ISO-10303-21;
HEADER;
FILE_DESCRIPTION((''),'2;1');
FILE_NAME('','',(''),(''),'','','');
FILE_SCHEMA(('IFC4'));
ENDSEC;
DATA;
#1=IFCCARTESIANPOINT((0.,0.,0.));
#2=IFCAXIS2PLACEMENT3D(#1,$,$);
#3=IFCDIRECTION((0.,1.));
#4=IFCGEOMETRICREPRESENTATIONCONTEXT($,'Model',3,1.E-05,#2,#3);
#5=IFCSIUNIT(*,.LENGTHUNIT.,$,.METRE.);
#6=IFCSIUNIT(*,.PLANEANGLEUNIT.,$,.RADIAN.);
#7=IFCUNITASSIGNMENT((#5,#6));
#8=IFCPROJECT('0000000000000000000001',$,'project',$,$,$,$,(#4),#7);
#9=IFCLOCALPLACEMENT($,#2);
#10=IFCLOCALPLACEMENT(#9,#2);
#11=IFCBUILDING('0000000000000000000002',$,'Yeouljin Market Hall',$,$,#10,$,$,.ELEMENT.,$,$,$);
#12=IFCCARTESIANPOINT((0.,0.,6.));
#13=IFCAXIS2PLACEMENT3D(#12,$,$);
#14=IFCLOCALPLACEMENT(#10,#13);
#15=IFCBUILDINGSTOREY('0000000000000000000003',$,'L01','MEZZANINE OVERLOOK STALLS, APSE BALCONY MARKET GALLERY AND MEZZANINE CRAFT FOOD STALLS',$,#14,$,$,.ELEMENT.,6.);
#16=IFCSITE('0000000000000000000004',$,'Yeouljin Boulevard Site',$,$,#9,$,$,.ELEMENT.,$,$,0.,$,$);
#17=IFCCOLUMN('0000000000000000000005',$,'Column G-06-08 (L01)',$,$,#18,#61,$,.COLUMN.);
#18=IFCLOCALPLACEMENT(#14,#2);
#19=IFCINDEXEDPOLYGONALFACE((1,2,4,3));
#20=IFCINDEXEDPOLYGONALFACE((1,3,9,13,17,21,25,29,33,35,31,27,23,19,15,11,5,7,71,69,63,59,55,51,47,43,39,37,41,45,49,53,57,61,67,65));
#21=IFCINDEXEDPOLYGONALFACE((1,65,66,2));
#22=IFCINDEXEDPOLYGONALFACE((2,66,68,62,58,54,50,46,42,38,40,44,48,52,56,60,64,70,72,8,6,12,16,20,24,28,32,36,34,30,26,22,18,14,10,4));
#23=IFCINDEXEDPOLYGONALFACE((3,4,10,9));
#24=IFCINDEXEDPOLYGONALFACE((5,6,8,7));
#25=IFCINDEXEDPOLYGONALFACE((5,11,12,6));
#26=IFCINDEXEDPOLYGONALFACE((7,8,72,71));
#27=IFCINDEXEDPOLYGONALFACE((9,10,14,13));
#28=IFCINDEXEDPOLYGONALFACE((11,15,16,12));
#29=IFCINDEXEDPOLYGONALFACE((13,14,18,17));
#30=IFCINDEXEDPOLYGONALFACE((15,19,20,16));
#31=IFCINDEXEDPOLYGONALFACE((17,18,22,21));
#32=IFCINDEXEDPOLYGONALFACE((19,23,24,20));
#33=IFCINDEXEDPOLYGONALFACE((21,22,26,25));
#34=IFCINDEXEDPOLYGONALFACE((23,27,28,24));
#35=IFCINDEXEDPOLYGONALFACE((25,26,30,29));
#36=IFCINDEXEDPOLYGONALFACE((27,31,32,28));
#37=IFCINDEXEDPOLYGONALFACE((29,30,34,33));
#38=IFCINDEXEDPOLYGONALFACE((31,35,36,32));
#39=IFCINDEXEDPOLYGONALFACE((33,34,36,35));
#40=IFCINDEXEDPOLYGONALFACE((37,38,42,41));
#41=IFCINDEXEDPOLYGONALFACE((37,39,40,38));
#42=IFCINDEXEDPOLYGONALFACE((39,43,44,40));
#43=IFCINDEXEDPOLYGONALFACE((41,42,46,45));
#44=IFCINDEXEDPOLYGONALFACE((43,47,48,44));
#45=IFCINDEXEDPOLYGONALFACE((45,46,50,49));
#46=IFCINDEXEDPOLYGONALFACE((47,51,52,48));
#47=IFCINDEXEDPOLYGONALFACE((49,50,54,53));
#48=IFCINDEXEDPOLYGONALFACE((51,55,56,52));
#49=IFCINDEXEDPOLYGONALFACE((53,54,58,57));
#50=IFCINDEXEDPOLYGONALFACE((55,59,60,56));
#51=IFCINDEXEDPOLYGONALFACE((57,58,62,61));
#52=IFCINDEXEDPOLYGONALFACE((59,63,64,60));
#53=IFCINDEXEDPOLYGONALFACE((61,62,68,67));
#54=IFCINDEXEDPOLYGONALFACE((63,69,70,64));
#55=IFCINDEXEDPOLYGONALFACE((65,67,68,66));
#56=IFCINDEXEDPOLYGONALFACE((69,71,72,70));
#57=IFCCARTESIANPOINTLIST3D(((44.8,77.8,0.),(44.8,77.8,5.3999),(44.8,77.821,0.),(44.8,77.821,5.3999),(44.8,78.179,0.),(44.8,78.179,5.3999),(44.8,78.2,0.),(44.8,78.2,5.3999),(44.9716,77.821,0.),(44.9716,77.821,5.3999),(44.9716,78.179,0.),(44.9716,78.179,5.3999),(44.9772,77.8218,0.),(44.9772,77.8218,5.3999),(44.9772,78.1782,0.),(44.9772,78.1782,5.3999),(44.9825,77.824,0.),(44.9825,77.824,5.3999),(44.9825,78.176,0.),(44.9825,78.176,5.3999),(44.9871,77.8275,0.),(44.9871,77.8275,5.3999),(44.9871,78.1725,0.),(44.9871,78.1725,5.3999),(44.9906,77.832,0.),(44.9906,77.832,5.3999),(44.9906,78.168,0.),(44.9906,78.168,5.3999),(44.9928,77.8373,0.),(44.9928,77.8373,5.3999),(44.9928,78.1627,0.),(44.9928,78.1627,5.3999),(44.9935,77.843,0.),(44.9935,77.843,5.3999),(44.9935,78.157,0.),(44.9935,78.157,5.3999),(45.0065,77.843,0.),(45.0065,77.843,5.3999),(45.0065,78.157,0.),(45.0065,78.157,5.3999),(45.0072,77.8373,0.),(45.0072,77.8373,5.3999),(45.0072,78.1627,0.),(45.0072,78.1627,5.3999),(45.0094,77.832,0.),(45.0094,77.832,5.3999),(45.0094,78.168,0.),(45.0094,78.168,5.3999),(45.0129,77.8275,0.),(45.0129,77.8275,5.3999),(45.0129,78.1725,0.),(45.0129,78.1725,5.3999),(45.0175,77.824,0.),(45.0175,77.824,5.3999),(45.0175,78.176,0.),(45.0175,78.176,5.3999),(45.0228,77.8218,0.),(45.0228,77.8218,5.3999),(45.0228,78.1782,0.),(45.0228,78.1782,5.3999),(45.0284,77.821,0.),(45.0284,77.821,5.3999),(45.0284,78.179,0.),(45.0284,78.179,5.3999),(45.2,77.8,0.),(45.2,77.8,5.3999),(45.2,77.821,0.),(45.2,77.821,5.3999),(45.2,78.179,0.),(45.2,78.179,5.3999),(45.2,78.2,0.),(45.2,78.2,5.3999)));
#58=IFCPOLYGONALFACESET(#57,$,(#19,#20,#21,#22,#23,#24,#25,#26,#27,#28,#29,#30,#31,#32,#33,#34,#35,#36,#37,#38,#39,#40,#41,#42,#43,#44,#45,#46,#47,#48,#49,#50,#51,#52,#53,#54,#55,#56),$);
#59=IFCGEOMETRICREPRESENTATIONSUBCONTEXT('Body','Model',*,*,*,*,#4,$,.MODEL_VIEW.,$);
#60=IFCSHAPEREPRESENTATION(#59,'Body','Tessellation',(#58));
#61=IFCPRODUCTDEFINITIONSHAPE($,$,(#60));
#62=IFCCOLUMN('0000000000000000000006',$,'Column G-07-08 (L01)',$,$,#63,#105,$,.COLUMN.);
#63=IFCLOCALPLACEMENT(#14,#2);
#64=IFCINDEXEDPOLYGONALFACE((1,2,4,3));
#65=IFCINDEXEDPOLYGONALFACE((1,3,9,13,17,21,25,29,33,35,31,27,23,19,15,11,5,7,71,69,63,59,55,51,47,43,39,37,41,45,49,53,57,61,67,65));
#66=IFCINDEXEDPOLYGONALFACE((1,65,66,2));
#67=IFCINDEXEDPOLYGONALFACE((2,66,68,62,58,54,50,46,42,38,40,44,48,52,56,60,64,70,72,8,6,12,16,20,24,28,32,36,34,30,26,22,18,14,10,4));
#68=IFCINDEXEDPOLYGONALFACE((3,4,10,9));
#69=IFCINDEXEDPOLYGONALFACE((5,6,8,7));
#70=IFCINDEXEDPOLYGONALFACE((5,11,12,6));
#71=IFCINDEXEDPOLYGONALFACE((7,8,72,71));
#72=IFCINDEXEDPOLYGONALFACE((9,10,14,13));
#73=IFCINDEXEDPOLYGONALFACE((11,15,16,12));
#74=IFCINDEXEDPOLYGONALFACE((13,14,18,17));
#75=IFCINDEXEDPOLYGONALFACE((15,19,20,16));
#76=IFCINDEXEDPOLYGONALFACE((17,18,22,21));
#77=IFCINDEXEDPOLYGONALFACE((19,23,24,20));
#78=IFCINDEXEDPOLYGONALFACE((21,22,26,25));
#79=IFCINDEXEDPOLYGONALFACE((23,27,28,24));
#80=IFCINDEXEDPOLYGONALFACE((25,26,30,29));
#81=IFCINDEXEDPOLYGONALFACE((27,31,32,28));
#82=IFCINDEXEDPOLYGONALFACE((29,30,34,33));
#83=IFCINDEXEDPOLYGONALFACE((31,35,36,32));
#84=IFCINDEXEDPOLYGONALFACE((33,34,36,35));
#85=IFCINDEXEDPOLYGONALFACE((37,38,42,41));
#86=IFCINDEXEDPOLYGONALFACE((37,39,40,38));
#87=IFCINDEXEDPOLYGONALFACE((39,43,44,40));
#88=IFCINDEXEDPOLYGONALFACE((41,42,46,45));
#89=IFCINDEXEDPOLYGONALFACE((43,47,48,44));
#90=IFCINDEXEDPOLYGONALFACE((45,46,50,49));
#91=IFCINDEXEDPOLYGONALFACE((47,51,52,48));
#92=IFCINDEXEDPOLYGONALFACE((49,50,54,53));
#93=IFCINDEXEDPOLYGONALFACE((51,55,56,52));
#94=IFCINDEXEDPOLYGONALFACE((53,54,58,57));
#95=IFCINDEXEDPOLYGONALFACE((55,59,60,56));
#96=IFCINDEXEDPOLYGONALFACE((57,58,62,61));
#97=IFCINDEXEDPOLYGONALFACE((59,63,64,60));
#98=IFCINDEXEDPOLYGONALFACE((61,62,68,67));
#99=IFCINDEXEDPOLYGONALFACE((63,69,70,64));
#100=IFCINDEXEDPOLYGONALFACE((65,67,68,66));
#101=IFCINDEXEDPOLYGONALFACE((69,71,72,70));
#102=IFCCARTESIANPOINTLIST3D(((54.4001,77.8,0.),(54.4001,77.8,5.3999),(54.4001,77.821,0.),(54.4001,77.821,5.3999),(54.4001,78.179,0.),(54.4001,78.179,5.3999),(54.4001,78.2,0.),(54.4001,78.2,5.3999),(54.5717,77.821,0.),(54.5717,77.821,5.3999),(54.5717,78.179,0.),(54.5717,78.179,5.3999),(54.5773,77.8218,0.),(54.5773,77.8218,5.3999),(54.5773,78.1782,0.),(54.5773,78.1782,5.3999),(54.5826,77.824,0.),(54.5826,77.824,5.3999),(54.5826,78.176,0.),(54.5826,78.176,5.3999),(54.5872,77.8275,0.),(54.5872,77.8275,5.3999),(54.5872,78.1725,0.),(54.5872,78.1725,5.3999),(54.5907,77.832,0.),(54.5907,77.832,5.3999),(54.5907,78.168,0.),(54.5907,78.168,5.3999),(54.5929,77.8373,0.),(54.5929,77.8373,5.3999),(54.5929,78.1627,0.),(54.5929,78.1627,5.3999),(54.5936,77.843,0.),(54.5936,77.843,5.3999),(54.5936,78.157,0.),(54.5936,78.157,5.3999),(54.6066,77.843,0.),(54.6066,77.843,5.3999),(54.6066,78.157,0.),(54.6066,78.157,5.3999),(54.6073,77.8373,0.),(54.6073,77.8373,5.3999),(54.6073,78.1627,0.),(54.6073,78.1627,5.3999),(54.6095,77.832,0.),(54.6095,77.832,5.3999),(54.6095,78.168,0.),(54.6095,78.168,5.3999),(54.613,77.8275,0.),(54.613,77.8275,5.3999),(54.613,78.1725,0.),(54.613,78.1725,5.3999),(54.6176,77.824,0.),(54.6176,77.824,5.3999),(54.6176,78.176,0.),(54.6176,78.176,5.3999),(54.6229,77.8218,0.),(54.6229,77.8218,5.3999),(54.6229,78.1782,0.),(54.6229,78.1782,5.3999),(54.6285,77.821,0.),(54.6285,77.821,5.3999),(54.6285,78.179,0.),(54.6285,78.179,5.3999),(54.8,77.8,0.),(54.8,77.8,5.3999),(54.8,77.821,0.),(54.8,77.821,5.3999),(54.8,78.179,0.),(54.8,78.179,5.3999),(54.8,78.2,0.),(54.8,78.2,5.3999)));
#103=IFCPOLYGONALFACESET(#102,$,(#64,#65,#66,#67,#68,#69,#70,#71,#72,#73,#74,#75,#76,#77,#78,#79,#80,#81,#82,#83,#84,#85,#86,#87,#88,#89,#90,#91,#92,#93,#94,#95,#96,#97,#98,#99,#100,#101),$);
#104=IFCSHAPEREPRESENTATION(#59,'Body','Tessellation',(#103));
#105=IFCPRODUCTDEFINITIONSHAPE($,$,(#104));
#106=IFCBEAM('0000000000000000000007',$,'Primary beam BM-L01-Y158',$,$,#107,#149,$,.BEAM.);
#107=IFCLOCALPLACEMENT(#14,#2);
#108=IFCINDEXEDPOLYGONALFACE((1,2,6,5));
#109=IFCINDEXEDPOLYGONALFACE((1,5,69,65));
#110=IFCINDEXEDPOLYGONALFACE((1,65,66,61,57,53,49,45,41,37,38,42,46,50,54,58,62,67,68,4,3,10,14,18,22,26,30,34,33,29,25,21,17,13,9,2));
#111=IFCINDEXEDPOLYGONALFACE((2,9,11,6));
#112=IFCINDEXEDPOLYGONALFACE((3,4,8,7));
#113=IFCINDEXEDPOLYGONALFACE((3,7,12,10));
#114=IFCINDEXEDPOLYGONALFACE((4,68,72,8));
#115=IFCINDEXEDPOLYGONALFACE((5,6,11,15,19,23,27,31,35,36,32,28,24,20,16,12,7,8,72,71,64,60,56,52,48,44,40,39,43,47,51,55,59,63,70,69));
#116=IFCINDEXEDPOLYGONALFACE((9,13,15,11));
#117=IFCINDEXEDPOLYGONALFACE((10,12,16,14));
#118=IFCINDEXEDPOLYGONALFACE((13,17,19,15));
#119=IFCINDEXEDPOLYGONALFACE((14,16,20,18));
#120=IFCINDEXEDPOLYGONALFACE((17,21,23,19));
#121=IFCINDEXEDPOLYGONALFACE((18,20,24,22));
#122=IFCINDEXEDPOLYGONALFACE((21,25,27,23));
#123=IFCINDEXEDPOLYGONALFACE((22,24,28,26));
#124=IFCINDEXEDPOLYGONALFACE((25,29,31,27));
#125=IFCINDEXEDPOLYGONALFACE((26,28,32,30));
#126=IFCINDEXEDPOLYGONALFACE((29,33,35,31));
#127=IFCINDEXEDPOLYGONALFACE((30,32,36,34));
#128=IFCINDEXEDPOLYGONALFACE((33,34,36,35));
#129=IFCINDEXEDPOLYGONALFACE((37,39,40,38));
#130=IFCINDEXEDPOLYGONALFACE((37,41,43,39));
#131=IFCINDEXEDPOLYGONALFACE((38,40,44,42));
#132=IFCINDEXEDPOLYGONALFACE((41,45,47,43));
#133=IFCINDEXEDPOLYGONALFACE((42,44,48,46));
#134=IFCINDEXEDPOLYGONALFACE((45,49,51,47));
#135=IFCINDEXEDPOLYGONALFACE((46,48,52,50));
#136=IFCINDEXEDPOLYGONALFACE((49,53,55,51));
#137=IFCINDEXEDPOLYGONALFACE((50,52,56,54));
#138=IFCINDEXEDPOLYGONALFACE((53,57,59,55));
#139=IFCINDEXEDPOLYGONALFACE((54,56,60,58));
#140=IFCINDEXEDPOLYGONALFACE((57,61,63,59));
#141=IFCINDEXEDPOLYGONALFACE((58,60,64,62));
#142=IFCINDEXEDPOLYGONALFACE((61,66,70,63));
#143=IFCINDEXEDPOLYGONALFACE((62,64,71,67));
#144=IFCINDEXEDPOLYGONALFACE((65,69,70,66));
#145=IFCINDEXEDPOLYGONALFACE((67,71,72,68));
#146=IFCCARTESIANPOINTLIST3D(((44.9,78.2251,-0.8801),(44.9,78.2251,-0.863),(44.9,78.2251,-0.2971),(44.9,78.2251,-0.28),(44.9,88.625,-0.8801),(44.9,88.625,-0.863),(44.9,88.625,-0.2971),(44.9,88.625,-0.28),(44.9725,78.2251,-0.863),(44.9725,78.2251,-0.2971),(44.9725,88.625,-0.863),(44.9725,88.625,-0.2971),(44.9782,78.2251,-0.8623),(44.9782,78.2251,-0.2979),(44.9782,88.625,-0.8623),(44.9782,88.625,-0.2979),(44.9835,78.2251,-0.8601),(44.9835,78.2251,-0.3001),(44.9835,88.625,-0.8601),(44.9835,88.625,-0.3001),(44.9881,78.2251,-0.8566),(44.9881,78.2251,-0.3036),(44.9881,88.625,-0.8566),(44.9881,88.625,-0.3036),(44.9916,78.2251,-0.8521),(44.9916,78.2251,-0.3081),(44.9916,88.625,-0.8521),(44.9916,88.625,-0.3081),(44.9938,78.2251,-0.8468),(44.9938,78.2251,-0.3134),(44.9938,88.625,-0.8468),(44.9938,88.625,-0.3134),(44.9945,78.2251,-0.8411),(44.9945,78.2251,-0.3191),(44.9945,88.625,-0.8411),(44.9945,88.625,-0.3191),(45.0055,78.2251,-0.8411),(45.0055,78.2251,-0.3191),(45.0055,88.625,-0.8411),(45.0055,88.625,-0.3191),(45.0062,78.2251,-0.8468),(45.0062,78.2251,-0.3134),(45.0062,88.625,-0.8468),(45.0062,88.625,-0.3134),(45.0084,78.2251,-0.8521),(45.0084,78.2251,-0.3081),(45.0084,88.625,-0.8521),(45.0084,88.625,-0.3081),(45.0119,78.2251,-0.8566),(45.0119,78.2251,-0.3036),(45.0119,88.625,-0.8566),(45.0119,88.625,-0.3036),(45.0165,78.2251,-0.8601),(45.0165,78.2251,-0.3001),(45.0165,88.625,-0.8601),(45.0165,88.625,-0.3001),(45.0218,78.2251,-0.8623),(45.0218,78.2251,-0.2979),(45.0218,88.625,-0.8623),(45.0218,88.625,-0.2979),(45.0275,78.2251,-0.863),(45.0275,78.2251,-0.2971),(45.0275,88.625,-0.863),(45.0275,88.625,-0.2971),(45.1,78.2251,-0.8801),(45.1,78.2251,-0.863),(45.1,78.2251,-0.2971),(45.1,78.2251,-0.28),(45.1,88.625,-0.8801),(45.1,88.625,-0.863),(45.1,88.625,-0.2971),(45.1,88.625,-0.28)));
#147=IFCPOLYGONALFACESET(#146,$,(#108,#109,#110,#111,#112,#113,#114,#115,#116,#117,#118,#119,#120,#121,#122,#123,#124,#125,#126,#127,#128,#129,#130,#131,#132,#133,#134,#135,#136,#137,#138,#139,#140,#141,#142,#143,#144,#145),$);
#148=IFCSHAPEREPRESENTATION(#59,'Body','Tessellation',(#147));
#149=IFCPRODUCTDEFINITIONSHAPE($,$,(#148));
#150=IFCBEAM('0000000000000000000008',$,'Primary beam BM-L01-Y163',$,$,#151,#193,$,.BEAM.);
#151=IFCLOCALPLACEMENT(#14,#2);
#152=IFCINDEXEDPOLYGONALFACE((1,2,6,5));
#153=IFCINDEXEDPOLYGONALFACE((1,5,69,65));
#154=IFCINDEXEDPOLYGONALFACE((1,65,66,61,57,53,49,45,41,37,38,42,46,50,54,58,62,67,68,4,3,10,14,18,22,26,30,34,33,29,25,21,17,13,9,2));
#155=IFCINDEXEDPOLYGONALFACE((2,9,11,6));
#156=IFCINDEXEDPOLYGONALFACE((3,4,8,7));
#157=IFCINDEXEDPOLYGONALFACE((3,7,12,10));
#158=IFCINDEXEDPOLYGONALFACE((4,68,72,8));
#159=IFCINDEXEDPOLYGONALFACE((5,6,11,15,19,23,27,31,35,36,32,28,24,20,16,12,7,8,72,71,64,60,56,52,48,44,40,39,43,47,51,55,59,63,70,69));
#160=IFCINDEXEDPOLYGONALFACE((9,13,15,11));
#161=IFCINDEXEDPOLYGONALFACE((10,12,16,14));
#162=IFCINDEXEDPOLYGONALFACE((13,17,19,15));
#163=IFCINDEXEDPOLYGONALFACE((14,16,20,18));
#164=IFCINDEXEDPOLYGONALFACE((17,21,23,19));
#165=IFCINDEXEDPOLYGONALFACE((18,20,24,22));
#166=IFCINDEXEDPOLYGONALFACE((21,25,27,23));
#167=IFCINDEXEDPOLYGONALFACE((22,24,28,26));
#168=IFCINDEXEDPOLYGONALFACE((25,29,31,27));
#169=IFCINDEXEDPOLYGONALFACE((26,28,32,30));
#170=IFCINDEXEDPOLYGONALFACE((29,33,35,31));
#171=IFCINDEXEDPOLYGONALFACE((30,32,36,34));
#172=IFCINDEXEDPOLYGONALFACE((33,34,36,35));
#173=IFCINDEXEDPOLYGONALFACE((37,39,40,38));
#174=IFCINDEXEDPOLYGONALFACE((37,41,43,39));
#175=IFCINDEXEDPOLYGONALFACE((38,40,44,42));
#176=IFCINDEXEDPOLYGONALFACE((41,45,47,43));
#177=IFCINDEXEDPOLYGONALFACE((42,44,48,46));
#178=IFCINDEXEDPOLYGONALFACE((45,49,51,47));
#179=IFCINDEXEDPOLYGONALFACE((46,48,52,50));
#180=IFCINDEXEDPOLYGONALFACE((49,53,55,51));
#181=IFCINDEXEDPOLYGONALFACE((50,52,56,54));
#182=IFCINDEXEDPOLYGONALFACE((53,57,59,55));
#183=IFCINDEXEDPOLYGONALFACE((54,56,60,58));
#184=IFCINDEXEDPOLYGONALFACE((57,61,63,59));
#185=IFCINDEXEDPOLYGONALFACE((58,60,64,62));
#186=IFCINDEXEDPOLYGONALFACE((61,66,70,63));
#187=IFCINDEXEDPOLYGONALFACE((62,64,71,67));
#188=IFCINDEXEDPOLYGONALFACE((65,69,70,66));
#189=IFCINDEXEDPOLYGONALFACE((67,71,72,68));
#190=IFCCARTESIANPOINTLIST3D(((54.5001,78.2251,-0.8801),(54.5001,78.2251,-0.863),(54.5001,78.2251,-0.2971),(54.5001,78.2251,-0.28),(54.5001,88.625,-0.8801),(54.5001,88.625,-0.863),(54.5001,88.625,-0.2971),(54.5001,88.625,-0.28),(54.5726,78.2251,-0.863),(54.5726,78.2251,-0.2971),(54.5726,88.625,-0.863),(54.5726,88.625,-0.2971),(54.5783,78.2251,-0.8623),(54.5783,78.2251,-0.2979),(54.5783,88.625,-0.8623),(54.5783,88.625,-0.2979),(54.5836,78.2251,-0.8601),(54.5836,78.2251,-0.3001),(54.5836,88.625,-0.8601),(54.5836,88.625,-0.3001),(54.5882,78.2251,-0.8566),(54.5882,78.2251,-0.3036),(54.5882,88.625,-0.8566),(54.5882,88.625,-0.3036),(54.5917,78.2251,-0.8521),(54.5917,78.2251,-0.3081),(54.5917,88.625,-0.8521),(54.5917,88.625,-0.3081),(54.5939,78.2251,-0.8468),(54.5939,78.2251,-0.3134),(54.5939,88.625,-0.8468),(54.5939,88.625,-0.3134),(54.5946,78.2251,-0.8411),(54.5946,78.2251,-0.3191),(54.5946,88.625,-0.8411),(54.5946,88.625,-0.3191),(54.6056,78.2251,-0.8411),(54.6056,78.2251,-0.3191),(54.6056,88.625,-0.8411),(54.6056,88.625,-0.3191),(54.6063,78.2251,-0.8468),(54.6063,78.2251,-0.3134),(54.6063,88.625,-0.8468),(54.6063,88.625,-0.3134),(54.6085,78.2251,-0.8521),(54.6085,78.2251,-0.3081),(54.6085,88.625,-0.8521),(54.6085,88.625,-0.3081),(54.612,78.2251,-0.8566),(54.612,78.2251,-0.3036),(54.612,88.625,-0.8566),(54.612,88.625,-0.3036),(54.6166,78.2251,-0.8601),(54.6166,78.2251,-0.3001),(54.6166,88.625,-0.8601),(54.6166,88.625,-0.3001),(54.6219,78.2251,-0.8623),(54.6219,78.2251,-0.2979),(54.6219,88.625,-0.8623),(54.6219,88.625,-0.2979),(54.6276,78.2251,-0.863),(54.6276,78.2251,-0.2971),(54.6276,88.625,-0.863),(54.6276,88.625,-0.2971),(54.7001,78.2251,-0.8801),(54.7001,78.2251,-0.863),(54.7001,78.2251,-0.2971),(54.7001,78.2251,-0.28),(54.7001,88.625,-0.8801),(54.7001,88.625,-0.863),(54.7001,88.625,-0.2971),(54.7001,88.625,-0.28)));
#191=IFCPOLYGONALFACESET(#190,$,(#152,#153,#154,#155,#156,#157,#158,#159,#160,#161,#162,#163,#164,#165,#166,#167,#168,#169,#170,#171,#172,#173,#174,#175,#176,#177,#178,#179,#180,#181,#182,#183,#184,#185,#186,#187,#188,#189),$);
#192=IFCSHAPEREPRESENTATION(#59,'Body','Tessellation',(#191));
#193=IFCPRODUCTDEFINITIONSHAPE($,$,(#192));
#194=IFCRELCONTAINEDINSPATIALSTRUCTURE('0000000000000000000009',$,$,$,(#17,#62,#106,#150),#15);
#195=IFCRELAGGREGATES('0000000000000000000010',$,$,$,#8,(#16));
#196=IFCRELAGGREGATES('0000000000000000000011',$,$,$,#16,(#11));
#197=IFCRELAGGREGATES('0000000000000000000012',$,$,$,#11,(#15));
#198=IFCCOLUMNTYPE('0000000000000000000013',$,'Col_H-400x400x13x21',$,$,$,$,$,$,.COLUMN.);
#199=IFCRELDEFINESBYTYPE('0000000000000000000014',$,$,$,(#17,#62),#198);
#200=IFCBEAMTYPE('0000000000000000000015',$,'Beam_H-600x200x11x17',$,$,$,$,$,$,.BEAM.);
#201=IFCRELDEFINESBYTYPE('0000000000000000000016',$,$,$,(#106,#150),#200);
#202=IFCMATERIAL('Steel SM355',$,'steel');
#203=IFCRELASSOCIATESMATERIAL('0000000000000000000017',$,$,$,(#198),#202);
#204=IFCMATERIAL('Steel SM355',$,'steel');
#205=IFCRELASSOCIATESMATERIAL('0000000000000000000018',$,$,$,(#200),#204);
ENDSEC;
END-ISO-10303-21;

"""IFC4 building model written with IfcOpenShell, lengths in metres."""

from ifc_helpers import new_model, si_unit, direction, frame, origin, origin_2d, place, context, subcontext, project, spatial, i_section, extrude, material, material_profile, profile_set, type_object, element, save


model = new_model("IFC4")

# Units and contexts
model_context = context("Model", 3, precision=1e-05, world=origin(), true_north=direction((0.0, 1.0)))
body_context = subcontext(model_context, "Body", "Model", "MODEL_VIEW")
ifc_project = project(units=[si_unit("LENGTHUNIT", "METRE"), si_unit("PLANEANGLEUNIT", "RADIAN")], contexts=[model_context])

# Site, building, storey
site_placement = place(None, origin())
site = spatial("IfcSite", under=ifc_project, at=site_placement, Name="Yeouljin Boulevard Site", CompositionType="ELEMENT", RefElevation=0.0)
building_placement = place(site_placement, origin())
building = spatial("IfcBuilding", under=site, at=building_placement, Name="Yeouljin Market Hall", CompositionType="ELEMENT")
storey_placement = place(building_placement, frame((0.0, 0.0, 6.0)))
storey = spatial("IfcBuildingStorey", under=building, at=storey_placement, Name="L01", Description="MEZZANINE OVERLOOK STALLS, APSE BALCONY MARKET GALLERY AND MEZZANINE CRAFT FOOD STALLS", CompositionType="ELEMENT", Elevation=6.0)

# Columns
ifc_material_1 = material(Name="Steel SM355", Category="steel")
ifc_material_profile_1 = material_profile(ifc_material_1, i_section(OverallWidth=0.3999, OverallDepth=0.3999, WebThickness=0.0129, FlangeThickness=0.021, FilletRadius=0.022, at=origin_2d()), Name="H-400x400x13x21")
ifc_profile_set_1 = profile_set([ifc_material_profile_1], Name="Steel SM355")
column_type = type_object("IfcColumnType", Name="Col_H-400x400x13x21", PredefinedType="COLUMN", material=ifc_profile_set_1)
for number, where, z_axis, x_axis, name in (
    (1, (45.0, 78.0, 0.0), (0.0, 0.0, 1.0), (1.0, 0.0, 0.0), "Column G-06-08 (L01)"),
    (2, (54.6001, 78.0, 0.0), (0.0, 0.0, 1.0), (1.0, 0.0, 0.0), "Column G-07-08 (L01)"),
):
    element("IfcColumn", number, at=place(storey_placement, frame(where, z_axis=z_axis, x_axis=x_axis)), inside=storey, type_object=column_type, Name=name, PredefinedType="COLUMN", context=body_context, shape_type="SweptSolid", body=[
        extrude(i_section(OverallWidth=0.3999, OverallDepth=0.3999, WebThickness=0.0129, FlangeThickness=0.021, FilletRadius=0.022, at=origin_2d()), origin(), (0.0, 0.0, 1.0), 5.3999),
    ])

# Beams
ifc_material_2 = material(Name="Steel SM355", Category="steel")
ifc_material_profile_2 = material_profile(ifc_material_2, i_section(OverallWidth=0.2, OverallDepth=0.6001, WebThickness=0.011, FlangeThickness=0.0171, FilletRadius=0.022, at=origin_2d()), Name="H-600x200x11x17")
ifc_profile_set_2 = profile_set([ifc_material_profile_2], Name="Steel SM355")
beam_type_1 = type_object("IfcBeamType", Name="Beam_H-600x200x11x17", PredefinedType="BEAM", material=ifc_profile_set_2)
for number, where, z_axis, x_axis, name in (
    (3, (45.0, 78.2251, -0.5801), (0.0, 1.0, 0.0), (-1.0, 0.0, 0.0), "Primary beam BM-L01-Y158"),
    (4, (54.6001, 78.2251, -0.5801), (0.0, 1.0, 0.0), (-1.0, 0.0, 0.0), "Primary beam BM-L01-Y163"),
):
    element("IfcBeam", number, at=place(storey_placement, frame(where, z_axis=z_axis, x_axis=x_axis)), inside=storey, type_object=beam_type_1, Name=name, PredefinedType="BEAM", context=body_context, shape_type="SweptSolid", body=[
        extrude(i_section(OverallWidth=0.2, OverallDepth=0.6001, WebThickness=0.011, FlangeThickness=0.0171, FilletRadius=0.022, at=origin_2d()), origin(), (0.0, 0.0, 1.0), 10.3999),
    ])

save(model, "model.ifc")
